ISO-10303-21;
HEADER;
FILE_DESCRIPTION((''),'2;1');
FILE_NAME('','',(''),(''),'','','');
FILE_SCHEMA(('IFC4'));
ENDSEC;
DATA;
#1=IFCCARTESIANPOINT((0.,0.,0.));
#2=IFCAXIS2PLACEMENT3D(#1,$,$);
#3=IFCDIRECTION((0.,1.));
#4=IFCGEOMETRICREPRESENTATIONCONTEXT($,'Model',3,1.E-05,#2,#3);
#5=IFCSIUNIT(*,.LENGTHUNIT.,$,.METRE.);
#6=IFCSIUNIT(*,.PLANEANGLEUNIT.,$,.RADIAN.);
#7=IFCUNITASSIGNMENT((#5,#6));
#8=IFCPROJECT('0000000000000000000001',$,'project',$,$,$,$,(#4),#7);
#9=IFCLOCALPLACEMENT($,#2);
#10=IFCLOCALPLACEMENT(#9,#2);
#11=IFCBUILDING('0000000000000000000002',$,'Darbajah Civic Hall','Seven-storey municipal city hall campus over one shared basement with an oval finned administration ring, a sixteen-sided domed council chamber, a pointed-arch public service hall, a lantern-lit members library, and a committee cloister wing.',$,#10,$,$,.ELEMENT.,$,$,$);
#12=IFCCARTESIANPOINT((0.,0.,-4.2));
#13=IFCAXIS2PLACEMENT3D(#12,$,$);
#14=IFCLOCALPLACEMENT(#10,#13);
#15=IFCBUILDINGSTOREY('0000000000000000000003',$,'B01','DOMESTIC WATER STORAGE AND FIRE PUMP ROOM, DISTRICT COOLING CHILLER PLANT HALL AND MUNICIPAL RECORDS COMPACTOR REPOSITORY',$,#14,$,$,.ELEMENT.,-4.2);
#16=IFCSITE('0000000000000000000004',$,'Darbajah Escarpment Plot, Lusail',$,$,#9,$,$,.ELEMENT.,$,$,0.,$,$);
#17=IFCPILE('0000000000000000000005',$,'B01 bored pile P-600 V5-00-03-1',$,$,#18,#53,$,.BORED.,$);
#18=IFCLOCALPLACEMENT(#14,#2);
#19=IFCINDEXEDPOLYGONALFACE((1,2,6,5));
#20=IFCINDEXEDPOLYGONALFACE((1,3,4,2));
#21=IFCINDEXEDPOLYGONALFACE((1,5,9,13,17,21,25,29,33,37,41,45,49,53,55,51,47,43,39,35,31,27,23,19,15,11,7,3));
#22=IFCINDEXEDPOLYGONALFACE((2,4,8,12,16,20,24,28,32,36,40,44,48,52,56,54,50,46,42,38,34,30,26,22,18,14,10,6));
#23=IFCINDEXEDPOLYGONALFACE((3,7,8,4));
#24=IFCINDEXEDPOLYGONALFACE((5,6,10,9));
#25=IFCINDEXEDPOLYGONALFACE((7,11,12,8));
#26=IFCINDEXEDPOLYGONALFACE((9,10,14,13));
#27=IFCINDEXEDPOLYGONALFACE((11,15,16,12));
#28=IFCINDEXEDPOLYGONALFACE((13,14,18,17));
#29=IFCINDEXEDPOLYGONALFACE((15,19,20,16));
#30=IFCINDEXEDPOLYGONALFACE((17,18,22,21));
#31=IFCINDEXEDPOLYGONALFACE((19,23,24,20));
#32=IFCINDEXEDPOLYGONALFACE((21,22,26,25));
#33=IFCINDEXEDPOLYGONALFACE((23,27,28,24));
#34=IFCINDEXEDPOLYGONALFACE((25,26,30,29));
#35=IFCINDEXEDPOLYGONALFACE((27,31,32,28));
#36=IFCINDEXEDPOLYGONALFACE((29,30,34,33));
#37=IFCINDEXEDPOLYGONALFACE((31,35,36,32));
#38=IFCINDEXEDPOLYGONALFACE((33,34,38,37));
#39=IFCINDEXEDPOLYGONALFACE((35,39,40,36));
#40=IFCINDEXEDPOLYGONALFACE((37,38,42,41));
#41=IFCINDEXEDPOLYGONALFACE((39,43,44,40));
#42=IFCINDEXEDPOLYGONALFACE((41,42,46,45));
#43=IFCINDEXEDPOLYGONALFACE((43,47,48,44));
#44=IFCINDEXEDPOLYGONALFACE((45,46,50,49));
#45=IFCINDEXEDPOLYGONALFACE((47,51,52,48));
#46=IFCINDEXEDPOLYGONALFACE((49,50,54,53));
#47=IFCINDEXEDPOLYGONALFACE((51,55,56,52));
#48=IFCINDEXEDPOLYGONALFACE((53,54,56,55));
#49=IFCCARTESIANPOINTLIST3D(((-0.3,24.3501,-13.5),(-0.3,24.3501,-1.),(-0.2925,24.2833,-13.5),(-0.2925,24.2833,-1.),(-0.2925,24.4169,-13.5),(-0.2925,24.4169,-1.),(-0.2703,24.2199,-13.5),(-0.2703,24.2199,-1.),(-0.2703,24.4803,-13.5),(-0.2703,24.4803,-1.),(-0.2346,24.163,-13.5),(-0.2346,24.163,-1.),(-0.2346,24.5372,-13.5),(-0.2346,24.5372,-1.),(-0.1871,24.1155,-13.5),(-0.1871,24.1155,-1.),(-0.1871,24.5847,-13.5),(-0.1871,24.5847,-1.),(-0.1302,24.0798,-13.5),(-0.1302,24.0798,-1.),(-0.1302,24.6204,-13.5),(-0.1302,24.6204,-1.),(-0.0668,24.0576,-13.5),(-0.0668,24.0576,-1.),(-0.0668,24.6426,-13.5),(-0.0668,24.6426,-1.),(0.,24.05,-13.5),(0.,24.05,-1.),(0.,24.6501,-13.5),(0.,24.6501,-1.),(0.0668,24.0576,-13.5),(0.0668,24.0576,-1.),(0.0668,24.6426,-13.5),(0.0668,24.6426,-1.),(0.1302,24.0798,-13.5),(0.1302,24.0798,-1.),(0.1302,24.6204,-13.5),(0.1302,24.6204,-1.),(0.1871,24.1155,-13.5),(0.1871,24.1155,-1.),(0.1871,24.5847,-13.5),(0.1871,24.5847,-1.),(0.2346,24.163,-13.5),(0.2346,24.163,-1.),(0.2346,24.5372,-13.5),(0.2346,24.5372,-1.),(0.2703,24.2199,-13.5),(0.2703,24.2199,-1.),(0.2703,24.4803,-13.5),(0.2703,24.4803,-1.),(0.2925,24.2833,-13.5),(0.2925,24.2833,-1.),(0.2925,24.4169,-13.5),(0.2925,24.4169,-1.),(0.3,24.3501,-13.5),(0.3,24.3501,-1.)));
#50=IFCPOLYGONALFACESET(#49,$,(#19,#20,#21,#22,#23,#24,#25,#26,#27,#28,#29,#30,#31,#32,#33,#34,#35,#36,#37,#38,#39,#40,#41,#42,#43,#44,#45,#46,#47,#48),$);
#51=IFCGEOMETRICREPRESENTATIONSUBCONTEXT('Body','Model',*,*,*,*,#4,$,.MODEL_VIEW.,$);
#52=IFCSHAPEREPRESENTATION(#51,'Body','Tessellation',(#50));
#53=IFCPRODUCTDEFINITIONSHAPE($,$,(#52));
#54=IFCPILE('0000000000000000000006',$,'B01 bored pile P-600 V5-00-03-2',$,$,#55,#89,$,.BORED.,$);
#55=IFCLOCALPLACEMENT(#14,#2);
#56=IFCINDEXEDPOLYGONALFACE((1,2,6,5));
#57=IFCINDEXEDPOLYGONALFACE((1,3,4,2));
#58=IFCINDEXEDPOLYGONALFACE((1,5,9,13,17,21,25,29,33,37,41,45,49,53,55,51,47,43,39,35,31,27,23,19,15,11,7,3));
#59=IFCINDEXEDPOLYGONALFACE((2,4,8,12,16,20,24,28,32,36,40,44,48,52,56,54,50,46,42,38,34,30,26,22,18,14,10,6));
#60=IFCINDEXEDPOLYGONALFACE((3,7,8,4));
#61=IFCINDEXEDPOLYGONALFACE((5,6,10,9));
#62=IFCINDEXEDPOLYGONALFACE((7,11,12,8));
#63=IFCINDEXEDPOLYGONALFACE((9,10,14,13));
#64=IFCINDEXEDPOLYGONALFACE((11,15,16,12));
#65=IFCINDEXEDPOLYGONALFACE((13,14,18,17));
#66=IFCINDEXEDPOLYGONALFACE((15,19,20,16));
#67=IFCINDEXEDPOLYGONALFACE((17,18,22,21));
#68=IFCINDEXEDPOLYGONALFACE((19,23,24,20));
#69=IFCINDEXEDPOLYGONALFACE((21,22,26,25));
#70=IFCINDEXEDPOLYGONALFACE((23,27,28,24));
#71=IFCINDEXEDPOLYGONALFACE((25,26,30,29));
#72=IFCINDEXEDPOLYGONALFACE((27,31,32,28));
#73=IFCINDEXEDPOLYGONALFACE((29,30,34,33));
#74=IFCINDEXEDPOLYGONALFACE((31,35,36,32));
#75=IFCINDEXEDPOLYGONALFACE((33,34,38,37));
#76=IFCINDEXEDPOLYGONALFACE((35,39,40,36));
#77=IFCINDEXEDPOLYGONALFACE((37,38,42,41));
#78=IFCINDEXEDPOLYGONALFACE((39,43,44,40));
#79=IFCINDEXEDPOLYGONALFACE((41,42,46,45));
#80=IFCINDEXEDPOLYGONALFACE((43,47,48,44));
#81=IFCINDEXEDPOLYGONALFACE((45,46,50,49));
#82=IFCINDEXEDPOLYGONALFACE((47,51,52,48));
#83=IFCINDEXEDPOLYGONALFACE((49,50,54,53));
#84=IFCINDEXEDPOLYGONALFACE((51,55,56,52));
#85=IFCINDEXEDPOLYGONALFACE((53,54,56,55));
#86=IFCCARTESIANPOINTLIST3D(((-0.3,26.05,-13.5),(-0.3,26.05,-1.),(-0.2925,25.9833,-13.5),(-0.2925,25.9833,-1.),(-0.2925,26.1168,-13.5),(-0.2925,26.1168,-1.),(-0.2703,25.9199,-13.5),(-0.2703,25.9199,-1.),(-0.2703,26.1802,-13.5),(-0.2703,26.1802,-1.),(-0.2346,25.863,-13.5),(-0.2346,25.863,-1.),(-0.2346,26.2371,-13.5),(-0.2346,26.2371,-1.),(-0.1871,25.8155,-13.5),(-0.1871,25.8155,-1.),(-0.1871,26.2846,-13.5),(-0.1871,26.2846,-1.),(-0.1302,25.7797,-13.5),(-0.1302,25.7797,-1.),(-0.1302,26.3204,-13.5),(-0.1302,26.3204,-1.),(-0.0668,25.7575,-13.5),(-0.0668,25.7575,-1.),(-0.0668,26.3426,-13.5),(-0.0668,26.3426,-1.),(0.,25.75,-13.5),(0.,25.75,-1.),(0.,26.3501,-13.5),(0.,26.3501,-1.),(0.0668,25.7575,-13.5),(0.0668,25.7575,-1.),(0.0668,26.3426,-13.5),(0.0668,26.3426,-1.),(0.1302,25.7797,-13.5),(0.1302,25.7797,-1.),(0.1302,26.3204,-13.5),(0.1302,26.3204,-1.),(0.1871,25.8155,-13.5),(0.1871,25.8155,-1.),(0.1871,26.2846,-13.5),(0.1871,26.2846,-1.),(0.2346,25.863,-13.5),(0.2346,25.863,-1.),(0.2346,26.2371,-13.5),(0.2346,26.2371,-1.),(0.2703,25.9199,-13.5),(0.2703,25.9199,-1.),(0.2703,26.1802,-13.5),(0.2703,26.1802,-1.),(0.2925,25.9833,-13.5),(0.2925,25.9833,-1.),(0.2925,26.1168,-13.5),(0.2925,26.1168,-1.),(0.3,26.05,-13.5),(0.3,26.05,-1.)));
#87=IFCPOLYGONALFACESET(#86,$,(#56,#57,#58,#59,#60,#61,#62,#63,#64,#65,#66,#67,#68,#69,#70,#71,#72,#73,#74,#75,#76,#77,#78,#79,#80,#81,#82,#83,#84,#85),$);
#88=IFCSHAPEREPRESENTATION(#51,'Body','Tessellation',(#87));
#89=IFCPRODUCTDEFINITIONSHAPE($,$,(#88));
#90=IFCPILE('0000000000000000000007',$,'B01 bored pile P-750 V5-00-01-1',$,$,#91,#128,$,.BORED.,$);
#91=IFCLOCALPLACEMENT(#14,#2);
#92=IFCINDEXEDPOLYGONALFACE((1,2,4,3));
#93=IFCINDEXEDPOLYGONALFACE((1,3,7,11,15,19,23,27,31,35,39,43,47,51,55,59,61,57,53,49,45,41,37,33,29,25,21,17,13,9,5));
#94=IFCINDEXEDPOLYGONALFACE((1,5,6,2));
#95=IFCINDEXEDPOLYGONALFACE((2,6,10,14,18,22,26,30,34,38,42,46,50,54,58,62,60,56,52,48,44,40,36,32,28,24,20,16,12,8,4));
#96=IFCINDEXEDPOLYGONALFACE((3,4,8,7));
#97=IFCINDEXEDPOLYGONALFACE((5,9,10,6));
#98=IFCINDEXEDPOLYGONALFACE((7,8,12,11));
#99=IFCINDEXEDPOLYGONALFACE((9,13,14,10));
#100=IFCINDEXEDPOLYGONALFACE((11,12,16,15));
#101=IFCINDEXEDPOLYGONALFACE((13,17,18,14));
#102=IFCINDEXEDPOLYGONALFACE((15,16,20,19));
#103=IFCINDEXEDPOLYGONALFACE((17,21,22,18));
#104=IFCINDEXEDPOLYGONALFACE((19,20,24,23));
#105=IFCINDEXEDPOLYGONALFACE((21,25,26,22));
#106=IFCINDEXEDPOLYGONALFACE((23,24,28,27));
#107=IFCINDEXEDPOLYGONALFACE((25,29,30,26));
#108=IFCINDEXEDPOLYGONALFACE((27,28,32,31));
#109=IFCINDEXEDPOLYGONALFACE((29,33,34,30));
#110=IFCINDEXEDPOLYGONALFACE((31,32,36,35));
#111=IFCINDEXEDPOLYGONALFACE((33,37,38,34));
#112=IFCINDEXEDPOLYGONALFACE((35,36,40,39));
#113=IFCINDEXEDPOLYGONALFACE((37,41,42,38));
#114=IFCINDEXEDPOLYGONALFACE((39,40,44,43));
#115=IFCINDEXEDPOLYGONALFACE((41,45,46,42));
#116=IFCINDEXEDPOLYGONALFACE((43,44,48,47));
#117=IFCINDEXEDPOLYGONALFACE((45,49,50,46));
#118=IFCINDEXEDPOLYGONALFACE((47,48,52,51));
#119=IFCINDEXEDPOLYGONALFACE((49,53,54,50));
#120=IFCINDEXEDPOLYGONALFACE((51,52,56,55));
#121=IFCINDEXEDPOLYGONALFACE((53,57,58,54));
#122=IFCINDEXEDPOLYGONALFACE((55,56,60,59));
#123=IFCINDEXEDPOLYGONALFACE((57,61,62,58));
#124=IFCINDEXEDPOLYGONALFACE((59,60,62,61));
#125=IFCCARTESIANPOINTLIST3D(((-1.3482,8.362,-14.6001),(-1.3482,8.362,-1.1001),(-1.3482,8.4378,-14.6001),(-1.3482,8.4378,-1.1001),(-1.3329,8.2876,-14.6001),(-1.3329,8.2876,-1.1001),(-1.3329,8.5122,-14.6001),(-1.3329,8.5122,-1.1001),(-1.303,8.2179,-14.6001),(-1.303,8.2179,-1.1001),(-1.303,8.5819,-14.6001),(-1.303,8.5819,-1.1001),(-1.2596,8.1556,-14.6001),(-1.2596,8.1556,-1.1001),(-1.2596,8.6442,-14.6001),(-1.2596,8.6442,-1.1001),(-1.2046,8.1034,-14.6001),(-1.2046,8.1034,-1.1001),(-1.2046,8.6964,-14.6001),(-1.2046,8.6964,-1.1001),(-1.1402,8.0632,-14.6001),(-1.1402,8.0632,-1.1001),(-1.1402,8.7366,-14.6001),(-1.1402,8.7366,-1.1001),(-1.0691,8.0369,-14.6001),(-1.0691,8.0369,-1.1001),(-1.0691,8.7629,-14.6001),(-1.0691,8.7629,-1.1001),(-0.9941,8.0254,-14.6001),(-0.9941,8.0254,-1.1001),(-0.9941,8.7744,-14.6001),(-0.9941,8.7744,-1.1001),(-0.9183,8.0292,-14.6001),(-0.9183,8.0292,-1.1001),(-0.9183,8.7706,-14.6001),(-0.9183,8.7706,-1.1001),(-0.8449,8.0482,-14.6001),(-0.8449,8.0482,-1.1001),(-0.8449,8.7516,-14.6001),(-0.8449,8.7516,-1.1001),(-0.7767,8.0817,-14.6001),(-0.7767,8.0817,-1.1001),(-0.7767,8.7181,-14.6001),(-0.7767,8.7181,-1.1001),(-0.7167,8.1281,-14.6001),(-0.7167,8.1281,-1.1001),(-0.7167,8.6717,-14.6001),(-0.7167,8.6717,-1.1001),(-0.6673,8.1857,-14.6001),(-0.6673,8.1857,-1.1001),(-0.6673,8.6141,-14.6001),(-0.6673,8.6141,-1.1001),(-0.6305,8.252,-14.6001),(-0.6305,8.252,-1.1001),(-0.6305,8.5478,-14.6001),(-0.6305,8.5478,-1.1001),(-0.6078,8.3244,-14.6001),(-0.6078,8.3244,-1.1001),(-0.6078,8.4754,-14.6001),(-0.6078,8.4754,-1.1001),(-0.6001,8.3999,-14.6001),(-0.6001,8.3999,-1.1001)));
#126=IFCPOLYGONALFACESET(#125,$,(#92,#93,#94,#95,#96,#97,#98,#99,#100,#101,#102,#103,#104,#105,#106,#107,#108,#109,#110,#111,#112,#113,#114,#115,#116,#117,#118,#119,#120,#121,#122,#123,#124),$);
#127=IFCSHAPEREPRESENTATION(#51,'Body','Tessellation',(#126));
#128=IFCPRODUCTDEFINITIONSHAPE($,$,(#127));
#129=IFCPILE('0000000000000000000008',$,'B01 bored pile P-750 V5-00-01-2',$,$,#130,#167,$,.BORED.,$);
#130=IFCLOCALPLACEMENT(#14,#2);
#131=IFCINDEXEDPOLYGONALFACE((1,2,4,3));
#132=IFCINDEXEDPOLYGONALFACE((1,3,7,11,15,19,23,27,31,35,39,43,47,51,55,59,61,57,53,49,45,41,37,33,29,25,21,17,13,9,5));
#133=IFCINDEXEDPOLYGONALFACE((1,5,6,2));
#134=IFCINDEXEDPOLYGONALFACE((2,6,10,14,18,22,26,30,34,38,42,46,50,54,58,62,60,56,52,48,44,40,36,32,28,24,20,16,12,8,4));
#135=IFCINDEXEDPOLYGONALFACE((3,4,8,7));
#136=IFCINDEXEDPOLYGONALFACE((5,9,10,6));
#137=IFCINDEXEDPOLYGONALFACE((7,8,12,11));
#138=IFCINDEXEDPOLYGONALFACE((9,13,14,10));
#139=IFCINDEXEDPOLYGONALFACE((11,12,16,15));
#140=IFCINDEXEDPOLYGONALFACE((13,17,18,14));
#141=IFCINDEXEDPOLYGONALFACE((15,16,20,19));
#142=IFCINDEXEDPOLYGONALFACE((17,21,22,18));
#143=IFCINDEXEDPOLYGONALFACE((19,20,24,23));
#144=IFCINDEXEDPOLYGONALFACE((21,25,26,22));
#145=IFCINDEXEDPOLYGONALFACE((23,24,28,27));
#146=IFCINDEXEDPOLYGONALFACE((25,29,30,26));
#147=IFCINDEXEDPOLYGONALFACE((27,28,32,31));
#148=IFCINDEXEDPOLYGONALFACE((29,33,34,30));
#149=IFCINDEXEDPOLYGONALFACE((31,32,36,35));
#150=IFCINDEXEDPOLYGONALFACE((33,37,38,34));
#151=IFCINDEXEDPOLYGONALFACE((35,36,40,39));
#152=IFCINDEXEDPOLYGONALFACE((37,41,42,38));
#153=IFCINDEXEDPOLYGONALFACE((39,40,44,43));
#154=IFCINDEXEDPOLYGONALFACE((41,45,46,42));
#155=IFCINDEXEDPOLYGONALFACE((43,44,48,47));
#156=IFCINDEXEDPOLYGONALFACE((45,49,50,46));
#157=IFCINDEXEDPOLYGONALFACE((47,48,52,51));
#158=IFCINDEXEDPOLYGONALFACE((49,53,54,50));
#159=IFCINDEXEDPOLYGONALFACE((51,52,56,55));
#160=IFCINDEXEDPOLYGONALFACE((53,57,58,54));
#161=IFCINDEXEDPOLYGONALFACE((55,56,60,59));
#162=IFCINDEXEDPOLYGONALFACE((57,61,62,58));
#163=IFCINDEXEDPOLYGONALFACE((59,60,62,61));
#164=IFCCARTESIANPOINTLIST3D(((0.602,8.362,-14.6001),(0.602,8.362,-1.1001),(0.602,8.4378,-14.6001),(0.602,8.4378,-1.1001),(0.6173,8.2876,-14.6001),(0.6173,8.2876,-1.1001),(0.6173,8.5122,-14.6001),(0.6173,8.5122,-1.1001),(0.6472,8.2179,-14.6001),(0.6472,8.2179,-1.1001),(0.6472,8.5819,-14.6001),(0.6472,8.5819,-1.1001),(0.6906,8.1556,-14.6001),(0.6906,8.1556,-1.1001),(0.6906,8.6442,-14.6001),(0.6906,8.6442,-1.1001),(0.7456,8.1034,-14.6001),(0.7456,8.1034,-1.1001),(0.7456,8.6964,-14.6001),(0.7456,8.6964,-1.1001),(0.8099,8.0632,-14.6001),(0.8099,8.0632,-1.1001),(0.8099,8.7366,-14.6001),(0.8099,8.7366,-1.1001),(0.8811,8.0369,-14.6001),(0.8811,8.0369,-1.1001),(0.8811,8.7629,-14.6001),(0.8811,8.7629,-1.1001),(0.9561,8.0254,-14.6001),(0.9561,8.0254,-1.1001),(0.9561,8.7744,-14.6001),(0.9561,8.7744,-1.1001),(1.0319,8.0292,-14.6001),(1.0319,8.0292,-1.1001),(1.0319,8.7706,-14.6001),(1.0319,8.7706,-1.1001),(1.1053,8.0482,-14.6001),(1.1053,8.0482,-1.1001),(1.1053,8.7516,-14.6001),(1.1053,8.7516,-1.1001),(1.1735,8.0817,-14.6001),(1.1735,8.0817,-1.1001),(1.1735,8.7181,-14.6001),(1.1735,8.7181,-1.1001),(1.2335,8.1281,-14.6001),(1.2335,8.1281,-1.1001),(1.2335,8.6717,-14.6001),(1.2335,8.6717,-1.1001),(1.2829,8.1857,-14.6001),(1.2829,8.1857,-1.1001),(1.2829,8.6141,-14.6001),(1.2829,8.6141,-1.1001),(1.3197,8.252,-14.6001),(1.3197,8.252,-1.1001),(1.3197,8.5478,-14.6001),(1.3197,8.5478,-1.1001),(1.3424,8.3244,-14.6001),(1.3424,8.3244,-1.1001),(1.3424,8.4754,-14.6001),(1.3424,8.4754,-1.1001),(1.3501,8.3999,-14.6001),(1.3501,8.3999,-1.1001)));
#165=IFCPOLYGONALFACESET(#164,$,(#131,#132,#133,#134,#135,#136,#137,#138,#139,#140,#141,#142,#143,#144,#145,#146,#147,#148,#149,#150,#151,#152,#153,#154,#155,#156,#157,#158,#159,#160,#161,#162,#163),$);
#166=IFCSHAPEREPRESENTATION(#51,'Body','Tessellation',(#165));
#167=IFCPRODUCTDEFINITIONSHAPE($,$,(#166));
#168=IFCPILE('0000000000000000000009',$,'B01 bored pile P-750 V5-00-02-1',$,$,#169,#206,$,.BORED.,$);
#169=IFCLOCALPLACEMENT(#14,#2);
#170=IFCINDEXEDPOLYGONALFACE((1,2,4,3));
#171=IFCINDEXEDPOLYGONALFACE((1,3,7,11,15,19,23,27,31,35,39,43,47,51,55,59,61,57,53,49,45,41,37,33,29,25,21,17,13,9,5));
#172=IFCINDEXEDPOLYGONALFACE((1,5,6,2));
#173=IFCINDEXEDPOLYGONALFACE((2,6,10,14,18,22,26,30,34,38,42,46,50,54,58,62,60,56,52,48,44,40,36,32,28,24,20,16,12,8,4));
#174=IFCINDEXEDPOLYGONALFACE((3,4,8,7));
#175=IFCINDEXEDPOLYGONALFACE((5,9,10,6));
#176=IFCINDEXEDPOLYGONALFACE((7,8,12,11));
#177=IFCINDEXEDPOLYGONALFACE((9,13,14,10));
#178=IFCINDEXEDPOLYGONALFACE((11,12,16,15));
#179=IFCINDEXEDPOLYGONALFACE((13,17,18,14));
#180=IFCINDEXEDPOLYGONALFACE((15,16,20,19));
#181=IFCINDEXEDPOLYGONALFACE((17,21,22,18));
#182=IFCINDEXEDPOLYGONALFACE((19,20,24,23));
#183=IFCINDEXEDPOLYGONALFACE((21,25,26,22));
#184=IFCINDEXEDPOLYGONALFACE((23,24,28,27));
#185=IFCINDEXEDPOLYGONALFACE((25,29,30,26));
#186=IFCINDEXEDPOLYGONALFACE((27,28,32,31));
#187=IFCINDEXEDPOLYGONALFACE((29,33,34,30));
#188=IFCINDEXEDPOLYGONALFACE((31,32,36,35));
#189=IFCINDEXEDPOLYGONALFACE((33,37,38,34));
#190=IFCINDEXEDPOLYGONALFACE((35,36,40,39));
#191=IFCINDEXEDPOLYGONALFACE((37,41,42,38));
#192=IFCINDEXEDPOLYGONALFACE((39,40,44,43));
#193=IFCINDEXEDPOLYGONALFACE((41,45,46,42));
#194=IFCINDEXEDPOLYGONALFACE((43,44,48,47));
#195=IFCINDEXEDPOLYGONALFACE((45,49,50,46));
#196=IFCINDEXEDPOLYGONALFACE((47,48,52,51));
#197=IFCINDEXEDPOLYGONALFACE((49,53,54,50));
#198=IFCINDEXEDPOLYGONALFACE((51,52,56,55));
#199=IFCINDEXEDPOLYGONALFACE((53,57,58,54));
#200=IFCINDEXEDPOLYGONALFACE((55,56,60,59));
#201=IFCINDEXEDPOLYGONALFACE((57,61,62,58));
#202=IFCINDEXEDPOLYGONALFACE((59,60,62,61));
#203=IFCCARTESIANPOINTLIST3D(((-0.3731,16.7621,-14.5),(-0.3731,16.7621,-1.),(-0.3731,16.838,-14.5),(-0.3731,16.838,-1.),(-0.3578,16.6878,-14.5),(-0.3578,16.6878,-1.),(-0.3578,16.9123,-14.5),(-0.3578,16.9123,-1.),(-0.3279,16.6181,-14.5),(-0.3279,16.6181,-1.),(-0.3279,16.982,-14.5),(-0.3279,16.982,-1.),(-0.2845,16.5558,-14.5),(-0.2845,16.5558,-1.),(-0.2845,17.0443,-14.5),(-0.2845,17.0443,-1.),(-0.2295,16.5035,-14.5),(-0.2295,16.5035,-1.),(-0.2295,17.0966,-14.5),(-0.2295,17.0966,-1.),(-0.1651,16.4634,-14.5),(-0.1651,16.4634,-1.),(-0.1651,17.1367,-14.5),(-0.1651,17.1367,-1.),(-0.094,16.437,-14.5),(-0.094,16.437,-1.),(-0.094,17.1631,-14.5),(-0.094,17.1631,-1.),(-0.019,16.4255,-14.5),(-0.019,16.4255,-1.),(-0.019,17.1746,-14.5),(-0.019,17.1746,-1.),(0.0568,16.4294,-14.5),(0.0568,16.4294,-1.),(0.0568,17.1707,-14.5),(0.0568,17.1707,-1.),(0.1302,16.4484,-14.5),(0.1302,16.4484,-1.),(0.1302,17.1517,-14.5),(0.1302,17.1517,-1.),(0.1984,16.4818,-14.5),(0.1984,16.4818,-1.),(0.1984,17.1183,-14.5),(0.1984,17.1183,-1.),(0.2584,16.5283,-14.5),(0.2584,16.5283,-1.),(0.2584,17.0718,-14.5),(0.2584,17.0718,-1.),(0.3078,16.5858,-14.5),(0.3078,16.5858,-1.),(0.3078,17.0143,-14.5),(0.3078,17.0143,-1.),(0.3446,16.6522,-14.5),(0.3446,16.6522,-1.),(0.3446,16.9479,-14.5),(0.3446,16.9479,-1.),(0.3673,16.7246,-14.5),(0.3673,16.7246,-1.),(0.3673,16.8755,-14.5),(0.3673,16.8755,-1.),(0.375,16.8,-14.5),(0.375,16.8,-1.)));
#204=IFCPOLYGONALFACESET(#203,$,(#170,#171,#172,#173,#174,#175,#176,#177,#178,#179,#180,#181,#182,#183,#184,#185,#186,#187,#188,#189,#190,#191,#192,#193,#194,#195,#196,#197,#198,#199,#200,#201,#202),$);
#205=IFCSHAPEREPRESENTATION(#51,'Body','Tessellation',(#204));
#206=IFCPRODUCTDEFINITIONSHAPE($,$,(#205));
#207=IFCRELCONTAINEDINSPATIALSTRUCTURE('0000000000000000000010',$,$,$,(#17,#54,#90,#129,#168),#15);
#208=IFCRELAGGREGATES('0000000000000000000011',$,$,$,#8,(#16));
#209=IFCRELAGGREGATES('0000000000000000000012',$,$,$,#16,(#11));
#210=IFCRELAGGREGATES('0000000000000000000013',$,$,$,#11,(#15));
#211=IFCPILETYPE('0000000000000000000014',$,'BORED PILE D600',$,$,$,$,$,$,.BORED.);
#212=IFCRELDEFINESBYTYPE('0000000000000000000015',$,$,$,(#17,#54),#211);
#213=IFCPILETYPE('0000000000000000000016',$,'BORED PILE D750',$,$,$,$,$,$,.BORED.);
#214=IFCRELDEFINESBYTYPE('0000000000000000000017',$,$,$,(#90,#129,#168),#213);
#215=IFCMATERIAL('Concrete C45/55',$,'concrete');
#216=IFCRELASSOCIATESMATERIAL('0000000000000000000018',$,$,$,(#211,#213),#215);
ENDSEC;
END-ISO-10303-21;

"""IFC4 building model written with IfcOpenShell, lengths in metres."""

from ifc_helpers import new_model, si_unit, direction, frame, origin, origin_2d, place, context, subcontext, project, spatial, circle, extrude, material, material_profile, profile_set, type_object, element, save


model = new_model("IFC4")

# Units and contexts
model_context = context("Model", 3, precision=1e-05, world=origin(), true_north=direction((0.0, 1.0)))
body_context = subcontext(model_context, "Body", "Model", "MODEL_VIEW")
ifc_project = project(units=[si_unit("LENGTHUNIT", "METRE"), si_unit("PLANEANGLEUNIT", "RADIAN")], contexts=[model_context])

# Site, building, storey
site_placement = place(None, origin())
site = spatial("IfcSite", under=ifc_project, at=site_placement, Name="Darbajah Escarpment Plot, Lusail", CompositionType="ELEMENT", RefElevation=0.0)
building_placement = place(site_placement, origin())
building = spatial("IfcBuilding", under=site, at=building_placement, Name="Darbajah Civic Hall", Description="Seven-storey municipal city hall campus over one shared basement with an oval finned administration ring, a sixteen-sided domed council chamber, a pointed-arch public service hall, a lantern-lit members library, and a committee cloister wing.", CompositionType="ELEMENT")
storey_placement = place(building_placement, frame((0.0, 0.0, -4.2)))
storey = spatial("IfcBuildingStorey", under=building, at=storey_placement, Name="B01", Description="DOMESTIC WATER STORAGE AND FIRE PUMP ROOM, DISTRICT COOLING CHILLER PLANT HALL AND MUNICIPAL RECORDS COMPACTOR REPOSITORY", CompositionType="ELEMENT", Elevation=-4.2)

# Piles
ifc_material_1 = material(Name="Concrete C45/55", Category="concrete")
ifc_material_profile_1 = material_profile(ifc_material_1, circle(Radius=0.3, at=origin_2d()), Name="BORED PILE D600")
ifc_profile_set_1 = profile_set([ifc_material_profile_1], Name="Concrete C45/55")
pile_type_1 = type_object("IfcPileType", Name="BORED PILE D600", PredefinedType="BORED", material=ifc_profile_set_1)
for number, where, z_axis, x_axis, name in (
    (1, (0.0, 24.3501, -1.0), (0.0, 0.0, -1.0), (1.0, 0.0, 0.0), "B01 bored pile P-600 V5-00-03-1"),
    (2, (0.0, 26.05, -1.0), (0.0, 0.0, -1.0), (1.0, 0.0, 0.0), "B01 bored pile P-600 V5-00-03-2"),
):
    element("IfcPile", number, at=place(storey_placement, frame(where, z_axis=z_axis, x_axis=x_axis)), inside=storey, type_object=pile_type_1, Name=name, PredefinedType="BORED", context=body_context, shape_type="SweptSolid", body=[
        extrude(circle(Radius=0.3, at=origin_2d()), origin(), (0.0, 0.0, 1.0), 12.5),
    ])
ifc_material_profile_2 = material_profile(ifc_material_1, circle(Radius=0.375, at=origin_2d()), Name="BORED PILE D750")
ifc_profile_set_2 = profile_set([ifc_material_profile_2], Name="Concrete C45/55")
pile_type_2 = type_object("IfcPileType", Name="BORED PILE D750", PredefinedType="BORED", material=ifc_profile_set_2)
for number, where, z_axis, x_axis, name in (
    (3, (-0.9751, 8.3999, -1.1001), (0.0, 0.0, -1.0), (1.0, 0.0, 0.0), "B01 bored pile P-750 V5-00-01-1"),
    (4, (0.9751, 8.3999, -1.1001), (0.0, 0.0, -1.0), (1.0, 0.0, 0.0), "B01 bored pile P-750 V5-00-01-2"),
    (5, (0.0, 16.8, -1.0), (0.0, 0.0, -1.0), (1.0, 0.0, 0.0), "B01 bored pile P-750 V5-00-02-1"),
):
    element("IfcPile", number, at=place(storey_placement, frame(where, z_axis=z_axis, x_axis=x_axis)), inside=storey, type_object=pile_type_2, Name=name, PredefinedType="BORED", context=body_context, shape_type="SweptSolid", body=[
        extrude(circle(Radius=0.375, at=origin_2d()), origin(), (0.0, 0.0, 1.0), 13.5),
    ])

save(model, "model.ifc")
